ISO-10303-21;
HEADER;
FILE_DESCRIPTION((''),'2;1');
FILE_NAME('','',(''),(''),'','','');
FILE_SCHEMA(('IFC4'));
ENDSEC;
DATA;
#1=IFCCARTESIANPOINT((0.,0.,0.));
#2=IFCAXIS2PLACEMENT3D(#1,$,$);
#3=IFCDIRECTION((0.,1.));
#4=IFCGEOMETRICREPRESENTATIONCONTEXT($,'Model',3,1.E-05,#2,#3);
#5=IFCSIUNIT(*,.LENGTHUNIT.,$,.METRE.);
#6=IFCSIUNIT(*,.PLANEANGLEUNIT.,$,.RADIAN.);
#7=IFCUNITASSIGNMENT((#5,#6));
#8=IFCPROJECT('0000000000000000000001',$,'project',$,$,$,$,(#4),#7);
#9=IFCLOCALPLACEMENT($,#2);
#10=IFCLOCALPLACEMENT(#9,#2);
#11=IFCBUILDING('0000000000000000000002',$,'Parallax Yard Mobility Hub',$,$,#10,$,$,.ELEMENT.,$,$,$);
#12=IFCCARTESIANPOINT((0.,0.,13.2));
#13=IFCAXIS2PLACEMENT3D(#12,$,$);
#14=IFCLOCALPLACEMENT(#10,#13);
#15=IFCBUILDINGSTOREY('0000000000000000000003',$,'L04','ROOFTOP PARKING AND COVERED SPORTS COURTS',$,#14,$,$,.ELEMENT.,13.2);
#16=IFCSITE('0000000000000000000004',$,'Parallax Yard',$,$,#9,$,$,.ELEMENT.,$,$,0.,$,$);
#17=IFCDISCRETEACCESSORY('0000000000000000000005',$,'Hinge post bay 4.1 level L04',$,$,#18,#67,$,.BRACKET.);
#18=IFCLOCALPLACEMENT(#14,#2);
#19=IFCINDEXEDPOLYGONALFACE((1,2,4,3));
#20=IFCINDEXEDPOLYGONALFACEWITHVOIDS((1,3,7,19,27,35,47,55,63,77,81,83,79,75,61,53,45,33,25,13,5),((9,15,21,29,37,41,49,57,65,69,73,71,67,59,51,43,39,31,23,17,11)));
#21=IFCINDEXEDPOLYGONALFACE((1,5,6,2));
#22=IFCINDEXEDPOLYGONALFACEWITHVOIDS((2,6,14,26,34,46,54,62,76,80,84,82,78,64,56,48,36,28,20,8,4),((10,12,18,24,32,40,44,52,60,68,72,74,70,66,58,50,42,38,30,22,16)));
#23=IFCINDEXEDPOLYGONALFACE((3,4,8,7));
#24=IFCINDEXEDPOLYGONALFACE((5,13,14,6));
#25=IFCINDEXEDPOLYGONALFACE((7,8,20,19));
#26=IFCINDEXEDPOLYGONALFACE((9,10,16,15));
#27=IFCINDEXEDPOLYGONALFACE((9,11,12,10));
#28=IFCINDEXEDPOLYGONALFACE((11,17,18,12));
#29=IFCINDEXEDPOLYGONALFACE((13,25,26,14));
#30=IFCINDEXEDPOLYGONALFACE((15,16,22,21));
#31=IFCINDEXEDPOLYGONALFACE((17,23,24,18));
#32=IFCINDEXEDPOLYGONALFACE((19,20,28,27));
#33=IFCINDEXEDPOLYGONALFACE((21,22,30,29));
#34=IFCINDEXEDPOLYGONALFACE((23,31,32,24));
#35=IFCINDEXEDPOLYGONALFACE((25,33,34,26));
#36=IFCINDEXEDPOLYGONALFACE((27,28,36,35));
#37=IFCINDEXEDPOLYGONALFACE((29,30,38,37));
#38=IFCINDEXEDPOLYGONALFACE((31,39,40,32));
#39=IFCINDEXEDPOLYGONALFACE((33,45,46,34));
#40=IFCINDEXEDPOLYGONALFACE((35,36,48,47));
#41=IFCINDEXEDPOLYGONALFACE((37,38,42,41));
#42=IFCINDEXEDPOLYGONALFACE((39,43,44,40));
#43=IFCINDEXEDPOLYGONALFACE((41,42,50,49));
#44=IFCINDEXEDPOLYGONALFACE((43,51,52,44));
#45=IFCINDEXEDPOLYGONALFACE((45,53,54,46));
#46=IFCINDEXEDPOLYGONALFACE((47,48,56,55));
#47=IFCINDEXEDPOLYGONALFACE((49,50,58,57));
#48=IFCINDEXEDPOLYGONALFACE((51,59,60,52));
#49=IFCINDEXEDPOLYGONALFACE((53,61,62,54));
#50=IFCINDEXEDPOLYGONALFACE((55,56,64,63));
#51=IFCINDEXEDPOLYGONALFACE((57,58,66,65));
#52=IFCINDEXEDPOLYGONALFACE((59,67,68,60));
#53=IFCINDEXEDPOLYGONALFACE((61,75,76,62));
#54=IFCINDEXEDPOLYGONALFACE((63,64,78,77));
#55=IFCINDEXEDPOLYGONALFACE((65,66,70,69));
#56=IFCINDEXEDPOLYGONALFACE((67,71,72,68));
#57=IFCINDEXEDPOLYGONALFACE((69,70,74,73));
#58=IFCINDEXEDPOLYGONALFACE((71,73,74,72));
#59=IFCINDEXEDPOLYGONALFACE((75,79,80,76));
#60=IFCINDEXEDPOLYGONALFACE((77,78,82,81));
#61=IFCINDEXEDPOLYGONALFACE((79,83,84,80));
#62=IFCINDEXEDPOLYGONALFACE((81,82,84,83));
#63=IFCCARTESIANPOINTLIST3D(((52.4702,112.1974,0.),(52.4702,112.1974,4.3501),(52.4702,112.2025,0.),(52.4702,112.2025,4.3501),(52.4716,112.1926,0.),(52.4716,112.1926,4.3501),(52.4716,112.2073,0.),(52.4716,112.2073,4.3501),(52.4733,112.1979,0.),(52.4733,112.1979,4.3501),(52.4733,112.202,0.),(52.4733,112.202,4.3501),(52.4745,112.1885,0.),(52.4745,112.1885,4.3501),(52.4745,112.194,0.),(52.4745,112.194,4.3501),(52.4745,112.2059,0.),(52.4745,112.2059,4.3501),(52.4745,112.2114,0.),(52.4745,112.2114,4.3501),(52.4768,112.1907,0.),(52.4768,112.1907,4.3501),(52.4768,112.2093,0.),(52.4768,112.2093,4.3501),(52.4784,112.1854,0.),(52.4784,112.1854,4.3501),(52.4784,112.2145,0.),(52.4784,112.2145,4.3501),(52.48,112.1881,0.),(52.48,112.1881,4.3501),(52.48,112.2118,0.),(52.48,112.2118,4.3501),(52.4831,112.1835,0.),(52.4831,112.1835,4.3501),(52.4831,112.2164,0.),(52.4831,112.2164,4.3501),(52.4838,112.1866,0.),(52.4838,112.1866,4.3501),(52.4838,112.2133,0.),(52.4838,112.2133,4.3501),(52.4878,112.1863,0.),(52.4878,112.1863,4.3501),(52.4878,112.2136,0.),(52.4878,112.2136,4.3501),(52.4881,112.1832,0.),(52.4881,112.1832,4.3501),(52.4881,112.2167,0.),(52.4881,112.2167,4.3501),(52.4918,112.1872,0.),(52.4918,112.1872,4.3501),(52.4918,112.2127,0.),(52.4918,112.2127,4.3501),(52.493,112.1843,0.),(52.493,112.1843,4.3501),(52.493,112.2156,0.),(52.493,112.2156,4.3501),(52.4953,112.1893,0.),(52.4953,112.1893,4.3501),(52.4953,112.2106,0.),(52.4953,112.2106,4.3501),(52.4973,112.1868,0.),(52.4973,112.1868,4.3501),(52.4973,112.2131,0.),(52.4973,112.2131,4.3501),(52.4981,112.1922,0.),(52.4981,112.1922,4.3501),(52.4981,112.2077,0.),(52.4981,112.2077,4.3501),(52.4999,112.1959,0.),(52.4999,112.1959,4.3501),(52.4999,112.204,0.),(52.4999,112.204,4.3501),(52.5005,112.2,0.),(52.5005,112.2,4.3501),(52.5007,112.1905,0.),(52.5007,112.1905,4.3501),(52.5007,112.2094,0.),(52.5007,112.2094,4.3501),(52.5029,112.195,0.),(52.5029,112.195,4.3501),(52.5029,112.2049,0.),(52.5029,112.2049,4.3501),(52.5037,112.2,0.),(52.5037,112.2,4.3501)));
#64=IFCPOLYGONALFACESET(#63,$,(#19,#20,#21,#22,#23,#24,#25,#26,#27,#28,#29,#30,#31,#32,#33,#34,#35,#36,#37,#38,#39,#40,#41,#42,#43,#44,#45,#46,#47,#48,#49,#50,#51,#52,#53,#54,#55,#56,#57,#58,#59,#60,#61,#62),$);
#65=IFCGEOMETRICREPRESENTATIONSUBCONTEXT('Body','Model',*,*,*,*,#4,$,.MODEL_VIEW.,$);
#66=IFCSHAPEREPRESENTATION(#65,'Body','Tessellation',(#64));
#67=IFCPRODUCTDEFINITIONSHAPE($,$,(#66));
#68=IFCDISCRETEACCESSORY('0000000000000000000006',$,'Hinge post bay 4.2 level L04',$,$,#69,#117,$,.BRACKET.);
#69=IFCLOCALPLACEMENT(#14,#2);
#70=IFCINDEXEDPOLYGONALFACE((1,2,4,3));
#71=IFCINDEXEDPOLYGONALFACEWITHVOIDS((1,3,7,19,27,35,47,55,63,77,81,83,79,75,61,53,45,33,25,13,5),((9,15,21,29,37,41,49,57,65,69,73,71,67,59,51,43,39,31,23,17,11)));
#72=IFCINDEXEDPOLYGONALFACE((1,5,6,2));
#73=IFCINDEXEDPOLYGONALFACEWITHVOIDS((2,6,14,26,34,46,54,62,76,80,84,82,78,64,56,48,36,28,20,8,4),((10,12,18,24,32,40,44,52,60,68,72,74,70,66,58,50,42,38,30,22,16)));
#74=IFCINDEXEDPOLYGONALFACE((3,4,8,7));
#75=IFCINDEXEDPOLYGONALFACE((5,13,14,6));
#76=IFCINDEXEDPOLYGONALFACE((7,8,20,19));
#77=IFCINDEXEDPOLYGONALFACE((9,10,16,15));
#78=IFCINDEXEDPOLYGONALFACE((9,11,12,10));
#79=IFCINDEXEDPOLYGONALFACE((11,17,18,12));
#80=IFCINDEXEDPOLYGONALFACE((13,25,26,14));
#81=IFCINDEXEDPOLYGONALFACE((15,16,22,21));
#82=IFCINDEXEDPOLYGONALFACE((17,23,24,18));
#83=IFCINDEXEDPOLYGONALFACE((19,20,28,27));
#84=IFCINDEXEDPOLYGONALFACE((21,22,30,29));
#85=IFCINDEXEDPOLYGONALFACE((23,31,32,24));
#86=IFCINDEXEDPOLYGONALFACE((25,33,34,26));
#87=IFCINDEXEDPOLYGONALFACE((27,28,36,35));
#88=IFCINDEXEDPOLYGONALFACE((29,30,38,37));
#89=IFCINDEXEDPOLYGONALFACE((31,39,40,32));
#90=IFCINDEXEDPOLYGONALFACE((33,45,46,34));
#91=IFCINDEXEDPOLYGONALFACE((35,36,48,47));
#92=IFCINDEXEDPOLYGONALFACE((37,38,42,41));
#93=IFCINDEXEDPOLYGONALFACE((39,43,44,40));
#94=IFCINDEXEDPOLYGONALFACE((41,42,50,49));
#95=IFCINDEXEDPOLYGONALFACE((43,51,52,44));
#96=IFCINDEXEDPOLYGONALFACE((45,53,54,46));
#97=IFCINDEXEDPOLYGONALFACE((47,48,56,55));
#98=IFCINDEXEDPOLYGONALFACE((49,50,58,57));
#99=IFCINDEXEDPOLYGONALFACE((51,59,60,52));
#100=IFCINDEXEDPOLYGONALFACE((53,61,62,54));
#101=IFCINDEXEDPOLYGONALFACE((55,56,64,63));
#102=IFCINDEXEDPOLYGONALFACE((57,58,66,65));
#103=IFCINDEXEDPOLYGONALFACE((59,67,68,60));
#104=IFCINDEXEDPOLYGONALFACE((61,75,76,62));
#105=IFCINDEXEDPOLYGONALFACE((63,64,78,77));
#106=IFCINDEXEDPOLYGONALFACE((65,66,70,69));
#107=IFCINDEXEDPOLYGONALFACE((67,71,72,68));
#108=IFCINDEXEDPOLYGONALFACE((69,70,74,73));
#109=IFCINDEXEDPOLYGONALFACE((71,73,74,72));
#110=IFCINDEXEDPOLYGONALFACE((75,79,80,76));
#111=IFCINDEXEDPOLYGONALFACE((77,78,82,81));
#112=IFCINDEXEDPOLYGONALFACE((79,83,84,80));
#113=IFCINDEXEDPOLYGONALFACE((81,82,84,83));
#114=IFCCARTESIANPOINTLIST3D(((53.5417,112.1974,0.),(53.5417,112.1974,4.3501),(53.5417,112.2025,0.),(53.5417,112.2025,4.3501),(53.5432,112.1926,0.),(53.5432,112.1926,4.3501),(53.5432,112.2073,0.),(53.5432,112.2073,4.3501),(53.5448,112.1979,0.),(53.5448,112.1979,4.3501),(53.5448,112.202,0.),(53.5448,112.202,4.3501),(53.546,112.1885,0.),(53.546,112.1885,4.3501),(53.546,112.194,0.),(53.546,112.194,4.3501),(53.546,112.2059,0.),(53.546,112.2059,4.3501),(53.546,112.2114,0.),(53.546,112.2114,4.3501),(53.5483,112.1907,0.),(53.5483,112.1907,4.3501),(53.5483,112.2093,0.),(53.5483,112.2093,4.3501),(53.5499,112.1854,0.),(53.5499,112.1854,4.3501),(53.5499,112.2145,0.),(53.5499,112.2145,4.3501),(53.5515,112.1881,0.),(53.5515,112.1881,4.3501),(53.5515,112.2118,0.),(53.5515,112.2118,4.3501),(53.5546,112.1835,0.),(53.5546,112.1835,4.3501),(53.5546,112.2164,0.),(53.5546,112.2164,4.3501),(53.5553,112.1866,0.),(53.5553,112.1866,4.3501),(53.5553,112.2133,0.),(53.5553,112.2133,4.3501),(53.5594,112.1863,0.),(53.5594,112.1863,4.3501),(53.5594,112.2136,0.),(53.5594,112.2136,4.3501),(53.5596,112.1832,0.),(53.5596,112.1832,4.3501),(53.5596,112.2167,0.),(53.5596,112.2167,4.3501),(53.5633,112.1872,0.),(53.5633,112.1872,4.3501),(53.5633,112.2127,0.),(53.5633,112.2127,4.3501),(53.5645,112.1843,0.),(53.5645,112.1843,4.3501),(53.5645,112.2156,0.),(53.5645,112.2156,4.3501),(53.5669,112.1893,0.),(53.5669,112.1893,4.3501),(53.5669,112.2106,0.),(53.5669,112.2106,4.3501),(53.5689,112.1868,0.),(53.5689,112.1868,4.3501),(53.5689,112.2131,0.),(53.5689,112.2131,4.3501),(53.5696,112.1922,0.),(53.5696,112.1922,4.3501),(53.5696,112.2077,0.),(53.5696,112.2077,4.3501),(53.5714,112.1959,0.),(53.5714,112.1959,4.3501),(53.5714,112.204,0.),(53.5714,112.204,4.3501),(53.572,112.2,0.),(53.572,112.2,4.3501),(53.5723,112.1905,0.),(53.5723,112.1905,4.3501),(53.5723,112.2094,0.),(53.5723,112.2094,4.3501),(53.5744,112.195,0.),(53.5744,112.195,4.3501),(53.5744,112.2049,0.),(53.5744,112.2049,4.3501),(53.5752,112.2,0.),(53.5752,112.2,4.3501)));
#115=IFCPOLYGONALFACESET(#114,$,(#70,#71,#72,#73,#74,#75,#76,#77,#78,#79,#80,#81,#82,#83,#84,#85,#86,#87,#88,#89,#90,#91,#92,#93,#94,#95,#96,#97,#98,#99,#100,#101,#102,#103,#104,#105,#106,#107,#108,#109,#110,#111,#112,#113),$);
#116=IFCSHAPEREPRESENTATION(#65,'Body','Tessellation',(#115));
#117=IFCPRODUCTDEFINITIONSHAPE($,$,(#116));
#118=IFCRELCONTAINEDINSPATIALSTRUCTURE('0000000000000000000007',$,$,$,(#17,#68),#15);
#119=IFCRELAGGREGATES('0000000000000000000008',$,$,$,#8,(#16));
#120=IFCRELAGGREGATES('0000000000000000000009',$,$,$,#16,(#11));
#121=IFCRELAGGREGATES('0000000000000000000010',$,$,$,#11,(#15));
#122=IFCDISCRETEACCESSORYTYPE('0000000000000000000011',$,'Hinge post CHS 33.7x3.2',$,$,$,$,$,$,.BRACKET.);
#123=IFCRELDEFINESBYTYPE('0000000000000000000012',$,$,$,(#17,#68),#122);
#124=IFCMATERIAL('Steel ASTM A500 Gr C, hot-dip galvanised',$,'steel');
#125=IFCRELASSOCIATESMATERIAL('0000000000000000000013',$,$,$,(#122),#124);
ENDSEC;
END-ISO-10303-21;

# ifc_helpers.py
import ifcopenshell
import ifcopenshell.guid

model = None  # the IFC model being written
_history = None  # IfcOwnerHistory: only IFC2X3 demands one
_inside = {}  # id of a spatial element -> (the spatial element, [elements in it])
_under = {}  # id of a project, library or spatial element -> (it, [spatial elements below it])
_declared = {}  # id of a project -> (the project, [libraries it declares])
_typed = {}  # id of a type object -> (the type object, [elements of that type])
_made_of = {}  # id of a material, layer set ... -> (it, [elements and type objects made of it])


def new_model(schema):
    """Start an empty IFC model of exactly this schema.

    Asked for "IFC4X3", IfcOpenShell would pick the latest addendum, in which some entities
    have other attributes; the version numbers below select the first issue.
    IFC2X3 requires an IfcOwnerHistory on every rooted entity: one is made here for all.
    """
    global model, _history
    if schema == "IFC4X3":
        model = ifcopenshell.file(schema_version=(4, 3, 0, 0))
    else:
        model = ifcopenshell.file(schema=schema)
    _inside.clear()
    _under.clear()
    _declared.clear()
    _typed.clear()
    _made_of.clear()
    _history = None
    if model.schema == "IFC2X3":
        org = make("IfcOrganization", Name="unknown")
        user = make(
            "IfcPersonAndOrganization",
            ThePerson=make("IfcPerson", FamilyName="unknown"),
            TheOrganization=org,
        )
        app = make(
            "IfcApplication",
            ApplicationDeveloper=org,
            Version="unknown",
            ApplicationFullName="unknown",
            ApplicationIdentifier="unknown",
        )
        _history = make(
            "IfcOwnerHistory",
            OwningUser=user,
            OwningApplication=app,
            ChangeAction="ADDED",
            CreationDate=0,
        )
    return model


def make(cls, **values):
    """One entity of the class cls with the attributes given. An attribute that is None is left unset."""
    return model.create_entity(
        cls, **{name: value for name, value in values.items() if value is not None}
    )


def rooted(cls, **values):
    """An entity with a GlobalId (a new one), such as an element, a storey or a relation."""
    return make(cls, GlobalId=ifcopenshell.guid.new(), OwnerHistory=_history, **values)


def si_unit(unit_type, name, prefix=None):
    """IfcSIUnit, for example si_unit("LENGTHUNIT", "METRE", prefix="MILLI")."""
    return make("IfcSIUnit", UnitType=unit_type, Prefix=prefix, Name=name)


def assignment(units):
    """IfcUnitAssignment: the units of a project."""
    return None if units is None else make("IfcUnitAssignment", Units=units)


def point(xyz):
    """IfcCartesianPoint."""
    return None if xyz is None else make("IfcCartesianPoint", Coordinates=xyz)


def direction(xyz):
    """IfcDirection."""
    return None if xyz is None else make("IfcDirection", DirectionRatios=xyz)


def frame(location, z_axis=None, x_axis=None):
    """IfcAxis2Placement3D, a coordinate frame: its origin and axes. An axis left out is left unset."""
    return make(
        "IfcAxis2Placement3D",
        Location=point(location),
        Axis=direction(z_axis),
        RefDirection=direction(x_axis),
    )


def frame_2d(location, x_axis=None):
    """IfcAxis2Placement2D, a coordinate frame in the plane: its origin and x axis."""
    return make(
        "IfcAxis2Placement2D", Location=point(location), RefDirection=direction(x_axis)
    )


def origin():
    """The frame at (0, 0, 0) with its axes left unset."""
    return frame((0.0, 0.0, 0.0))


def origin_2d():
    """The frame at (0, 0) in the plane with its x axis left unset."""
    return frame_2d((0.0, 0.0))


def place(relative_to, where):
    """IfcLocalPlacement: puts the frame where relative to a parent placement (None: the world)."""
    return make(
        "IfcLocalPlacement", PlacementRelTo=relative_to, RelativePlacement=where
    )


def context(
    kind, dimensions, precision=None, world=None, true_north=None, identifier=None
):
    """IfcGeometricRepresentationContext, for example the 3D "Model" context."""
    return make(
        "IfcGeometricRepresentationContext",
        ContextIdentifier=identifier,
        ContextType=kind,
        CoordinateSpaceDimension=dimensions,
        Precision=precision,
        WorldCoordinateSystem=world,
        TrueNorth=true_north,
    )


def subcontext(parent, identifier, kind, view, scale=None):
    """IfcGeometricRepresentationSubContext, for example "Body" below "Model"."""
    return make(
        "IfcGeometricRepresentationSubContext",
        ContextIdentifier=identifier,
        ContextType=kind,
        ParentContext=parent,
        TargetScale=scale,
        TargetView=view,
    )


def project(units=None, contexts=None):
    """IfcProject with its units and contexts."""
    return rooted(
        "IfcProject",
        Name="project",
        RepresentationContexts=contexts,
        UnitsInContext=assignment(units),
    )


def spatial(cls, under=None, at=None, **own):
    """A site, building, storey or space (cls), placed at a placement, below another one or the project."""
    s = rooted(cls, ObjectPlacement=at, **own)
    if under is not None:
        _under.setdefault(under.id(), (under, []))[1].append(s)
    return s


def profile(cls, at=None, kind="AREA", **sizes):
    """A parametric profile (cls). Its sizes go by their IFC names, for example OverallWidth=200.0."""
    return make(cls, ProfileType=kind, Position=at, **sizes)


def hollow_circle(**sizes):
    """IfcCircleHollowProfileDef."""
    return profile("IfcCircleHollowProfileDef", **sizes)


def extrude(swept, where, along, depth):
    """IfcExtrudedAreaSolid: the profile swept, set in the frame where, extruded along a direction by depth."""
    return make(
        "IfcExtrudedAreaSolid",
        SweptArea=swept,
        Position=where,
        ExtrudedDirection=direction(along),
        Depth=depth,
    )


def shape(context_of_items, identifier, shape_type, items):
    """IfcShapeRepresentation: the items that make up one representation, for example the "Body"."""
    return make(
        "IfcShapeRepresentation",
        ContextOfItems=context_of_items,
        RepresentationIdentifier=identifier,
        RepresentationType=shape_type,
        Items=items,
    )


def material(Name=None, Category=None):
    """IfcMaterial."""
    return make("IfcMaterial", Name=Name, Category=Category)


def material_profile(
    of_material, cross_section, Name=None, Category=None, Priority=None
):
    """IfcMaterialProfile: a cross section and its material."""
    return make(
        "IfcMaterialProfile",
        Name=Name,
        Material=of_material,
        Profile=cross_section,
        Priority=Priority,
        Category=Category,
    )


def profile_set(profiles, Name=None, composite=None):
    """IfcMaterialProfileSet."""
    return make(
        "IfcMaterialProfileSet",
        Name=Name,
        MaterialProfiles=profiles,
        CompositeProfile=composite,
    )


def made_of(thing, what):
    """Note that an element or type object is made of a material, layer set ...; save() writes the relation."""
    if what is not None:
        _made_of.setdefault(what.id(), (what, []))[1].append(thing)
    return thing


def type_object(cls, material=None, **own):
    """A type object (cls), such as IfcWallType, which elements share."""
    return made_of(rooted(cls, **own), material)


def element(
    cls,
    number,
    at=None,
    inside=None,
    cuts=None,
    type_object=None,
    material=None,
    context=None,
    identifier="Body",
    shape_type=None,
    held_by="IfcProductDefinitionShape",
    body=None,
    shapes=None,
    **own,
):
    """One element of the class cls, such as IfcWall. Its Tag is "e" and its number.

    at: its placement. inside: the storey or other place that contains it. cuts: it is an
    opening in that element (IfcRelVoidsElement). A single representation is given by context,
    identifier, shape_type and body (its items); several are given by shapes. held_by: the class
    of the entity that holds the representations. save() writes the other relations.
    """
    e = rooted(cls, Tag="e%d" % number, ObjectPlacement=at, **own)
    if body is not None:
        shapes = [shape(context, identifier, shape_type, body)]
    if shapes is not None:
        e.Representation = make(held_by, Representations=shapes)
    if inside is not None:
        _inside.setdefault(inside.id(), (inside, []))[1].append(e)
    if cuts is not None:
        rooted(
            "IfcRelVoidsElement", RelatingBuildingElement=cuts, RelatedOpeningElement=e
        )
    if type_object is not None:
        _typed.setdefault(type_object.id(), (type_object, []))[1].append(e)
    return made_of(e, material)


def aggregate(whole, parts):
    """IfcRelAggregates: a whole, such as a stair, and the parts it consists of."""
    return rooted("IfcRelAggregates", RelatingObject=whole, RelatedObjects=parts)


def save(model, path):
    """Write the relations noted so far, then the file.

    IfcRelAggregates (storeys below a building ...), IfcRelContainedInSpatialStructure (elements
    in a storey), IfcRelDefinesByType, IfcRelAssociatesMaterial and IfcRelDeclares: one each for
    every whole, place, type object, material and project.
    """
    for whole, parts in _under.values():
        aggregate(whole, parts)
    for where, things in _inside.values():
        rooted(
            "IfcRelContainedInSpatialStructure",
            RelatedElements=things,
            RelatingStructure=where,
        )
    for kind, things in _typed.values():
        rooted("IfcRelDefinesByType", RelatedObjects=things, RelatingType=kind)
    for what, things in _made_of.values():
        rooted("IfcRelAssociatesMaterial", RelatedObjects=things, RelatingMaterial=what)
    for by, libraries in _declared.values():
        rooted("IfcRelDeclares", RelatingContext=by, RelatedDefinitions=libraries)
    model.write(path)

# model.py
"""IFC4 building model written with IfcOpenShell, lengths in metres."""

from ifc_helpers import new_model, si_unit, direction, frame, origin, origin_2d, place, context, subcontext, project, spatial, hollow_circle, extrude, material, material_profile, profile_set, type_object, element, save


model = new_model("IFC4")

# Units and contexts
model_context = context("Model", 3, precision=1e-05, world=origin(), true_north=direction((0.0, 1.0)))
body_context = subcontext(model_context, "Body", "Model", "MODEL_VIEW")
ifc_project = project(units=[si_unit("LENGTHUNIT", "METRE"), si_unit("PLANEANGLEUNIT", "RADIAN")], contexts=[model_context])

# Site, building, storey
site_placement = place(None, origin())
site = spatial("IfcSite", under=ifc_project, at=site_placement, Name="Parallax Yard", CompositionType="ELEMENT", RefElevation=0.0)
building_placement = place(site_placement, origin())
building = spatial("IfcBuilding", under=site, at=building_placement, Name="Parallax Yard Mobility Hub", CompositionType="ELEMENT")
storey_placement = place(building_placement, frame((0.0, 0.0, 13.2)))
storey = spatial("IfcBuildingStorey", under=building, at=storey_placement, Name="L04", Description="ROOFTOP PARKING AND COVERED SPORTS COURTS", CompositionType="ELEMENT", Elevation=13.2)

# Discrete accessories
ifc_material_1 = material(Name="Steel ASTM A500 Gr C, hot-dip galvanised", Category="steel")
ifc_material_profile_1 = material_profile(ifc_material_1, hollow_circle(Radius=0.0168, WallThickness=0.0032, at=origin_2d()), Name="CHS 33.7x3.2")
ifc_profile_set_1 = profile_set([ifc_material_profile_1], Name="Steel ASTM A500 Gr C, hot-dip galvanised")
discrete_accessory_type_1 = type_object("IfcDiscreteAccessoryType", Name="Hinge post CHS 33.7x3.2", PredefinedType="BRACKET", material=ifc_profile_set_1)
for number, where, z_axis, x_axis, name in (
    (1, (52.4868, 112.2, 0.0), (0.0, 0.0, 1.0), (1.0, 0.0, 0.0), "Hinge post bay 4.1 level L04"),
    (2, (53.5583, 112.2, 0.0), (0.0, 0.0, 1.0), (1.0, 0.0, 0.0), "Hinge post bay 4.2 level L04"),
):
    element("IfcDiscreteAccessory", number, at=place(storey_placement, frame(where, z_axis=z_axis, x_axis=x_axis)), inside=storey, type_object=discrete_accessory_type_1, Name=name, PredefinedType="BRACKET", context=body_context, shape_type="SweptSolid", body=[
        extrude(hollow_circle(Radius=0.0168, WallThickness=0.0032, at=origin_2d()), origin(), (0.0, 0.0, 1.0), 4.3501),
    ])

save(model, "model.ifc")
